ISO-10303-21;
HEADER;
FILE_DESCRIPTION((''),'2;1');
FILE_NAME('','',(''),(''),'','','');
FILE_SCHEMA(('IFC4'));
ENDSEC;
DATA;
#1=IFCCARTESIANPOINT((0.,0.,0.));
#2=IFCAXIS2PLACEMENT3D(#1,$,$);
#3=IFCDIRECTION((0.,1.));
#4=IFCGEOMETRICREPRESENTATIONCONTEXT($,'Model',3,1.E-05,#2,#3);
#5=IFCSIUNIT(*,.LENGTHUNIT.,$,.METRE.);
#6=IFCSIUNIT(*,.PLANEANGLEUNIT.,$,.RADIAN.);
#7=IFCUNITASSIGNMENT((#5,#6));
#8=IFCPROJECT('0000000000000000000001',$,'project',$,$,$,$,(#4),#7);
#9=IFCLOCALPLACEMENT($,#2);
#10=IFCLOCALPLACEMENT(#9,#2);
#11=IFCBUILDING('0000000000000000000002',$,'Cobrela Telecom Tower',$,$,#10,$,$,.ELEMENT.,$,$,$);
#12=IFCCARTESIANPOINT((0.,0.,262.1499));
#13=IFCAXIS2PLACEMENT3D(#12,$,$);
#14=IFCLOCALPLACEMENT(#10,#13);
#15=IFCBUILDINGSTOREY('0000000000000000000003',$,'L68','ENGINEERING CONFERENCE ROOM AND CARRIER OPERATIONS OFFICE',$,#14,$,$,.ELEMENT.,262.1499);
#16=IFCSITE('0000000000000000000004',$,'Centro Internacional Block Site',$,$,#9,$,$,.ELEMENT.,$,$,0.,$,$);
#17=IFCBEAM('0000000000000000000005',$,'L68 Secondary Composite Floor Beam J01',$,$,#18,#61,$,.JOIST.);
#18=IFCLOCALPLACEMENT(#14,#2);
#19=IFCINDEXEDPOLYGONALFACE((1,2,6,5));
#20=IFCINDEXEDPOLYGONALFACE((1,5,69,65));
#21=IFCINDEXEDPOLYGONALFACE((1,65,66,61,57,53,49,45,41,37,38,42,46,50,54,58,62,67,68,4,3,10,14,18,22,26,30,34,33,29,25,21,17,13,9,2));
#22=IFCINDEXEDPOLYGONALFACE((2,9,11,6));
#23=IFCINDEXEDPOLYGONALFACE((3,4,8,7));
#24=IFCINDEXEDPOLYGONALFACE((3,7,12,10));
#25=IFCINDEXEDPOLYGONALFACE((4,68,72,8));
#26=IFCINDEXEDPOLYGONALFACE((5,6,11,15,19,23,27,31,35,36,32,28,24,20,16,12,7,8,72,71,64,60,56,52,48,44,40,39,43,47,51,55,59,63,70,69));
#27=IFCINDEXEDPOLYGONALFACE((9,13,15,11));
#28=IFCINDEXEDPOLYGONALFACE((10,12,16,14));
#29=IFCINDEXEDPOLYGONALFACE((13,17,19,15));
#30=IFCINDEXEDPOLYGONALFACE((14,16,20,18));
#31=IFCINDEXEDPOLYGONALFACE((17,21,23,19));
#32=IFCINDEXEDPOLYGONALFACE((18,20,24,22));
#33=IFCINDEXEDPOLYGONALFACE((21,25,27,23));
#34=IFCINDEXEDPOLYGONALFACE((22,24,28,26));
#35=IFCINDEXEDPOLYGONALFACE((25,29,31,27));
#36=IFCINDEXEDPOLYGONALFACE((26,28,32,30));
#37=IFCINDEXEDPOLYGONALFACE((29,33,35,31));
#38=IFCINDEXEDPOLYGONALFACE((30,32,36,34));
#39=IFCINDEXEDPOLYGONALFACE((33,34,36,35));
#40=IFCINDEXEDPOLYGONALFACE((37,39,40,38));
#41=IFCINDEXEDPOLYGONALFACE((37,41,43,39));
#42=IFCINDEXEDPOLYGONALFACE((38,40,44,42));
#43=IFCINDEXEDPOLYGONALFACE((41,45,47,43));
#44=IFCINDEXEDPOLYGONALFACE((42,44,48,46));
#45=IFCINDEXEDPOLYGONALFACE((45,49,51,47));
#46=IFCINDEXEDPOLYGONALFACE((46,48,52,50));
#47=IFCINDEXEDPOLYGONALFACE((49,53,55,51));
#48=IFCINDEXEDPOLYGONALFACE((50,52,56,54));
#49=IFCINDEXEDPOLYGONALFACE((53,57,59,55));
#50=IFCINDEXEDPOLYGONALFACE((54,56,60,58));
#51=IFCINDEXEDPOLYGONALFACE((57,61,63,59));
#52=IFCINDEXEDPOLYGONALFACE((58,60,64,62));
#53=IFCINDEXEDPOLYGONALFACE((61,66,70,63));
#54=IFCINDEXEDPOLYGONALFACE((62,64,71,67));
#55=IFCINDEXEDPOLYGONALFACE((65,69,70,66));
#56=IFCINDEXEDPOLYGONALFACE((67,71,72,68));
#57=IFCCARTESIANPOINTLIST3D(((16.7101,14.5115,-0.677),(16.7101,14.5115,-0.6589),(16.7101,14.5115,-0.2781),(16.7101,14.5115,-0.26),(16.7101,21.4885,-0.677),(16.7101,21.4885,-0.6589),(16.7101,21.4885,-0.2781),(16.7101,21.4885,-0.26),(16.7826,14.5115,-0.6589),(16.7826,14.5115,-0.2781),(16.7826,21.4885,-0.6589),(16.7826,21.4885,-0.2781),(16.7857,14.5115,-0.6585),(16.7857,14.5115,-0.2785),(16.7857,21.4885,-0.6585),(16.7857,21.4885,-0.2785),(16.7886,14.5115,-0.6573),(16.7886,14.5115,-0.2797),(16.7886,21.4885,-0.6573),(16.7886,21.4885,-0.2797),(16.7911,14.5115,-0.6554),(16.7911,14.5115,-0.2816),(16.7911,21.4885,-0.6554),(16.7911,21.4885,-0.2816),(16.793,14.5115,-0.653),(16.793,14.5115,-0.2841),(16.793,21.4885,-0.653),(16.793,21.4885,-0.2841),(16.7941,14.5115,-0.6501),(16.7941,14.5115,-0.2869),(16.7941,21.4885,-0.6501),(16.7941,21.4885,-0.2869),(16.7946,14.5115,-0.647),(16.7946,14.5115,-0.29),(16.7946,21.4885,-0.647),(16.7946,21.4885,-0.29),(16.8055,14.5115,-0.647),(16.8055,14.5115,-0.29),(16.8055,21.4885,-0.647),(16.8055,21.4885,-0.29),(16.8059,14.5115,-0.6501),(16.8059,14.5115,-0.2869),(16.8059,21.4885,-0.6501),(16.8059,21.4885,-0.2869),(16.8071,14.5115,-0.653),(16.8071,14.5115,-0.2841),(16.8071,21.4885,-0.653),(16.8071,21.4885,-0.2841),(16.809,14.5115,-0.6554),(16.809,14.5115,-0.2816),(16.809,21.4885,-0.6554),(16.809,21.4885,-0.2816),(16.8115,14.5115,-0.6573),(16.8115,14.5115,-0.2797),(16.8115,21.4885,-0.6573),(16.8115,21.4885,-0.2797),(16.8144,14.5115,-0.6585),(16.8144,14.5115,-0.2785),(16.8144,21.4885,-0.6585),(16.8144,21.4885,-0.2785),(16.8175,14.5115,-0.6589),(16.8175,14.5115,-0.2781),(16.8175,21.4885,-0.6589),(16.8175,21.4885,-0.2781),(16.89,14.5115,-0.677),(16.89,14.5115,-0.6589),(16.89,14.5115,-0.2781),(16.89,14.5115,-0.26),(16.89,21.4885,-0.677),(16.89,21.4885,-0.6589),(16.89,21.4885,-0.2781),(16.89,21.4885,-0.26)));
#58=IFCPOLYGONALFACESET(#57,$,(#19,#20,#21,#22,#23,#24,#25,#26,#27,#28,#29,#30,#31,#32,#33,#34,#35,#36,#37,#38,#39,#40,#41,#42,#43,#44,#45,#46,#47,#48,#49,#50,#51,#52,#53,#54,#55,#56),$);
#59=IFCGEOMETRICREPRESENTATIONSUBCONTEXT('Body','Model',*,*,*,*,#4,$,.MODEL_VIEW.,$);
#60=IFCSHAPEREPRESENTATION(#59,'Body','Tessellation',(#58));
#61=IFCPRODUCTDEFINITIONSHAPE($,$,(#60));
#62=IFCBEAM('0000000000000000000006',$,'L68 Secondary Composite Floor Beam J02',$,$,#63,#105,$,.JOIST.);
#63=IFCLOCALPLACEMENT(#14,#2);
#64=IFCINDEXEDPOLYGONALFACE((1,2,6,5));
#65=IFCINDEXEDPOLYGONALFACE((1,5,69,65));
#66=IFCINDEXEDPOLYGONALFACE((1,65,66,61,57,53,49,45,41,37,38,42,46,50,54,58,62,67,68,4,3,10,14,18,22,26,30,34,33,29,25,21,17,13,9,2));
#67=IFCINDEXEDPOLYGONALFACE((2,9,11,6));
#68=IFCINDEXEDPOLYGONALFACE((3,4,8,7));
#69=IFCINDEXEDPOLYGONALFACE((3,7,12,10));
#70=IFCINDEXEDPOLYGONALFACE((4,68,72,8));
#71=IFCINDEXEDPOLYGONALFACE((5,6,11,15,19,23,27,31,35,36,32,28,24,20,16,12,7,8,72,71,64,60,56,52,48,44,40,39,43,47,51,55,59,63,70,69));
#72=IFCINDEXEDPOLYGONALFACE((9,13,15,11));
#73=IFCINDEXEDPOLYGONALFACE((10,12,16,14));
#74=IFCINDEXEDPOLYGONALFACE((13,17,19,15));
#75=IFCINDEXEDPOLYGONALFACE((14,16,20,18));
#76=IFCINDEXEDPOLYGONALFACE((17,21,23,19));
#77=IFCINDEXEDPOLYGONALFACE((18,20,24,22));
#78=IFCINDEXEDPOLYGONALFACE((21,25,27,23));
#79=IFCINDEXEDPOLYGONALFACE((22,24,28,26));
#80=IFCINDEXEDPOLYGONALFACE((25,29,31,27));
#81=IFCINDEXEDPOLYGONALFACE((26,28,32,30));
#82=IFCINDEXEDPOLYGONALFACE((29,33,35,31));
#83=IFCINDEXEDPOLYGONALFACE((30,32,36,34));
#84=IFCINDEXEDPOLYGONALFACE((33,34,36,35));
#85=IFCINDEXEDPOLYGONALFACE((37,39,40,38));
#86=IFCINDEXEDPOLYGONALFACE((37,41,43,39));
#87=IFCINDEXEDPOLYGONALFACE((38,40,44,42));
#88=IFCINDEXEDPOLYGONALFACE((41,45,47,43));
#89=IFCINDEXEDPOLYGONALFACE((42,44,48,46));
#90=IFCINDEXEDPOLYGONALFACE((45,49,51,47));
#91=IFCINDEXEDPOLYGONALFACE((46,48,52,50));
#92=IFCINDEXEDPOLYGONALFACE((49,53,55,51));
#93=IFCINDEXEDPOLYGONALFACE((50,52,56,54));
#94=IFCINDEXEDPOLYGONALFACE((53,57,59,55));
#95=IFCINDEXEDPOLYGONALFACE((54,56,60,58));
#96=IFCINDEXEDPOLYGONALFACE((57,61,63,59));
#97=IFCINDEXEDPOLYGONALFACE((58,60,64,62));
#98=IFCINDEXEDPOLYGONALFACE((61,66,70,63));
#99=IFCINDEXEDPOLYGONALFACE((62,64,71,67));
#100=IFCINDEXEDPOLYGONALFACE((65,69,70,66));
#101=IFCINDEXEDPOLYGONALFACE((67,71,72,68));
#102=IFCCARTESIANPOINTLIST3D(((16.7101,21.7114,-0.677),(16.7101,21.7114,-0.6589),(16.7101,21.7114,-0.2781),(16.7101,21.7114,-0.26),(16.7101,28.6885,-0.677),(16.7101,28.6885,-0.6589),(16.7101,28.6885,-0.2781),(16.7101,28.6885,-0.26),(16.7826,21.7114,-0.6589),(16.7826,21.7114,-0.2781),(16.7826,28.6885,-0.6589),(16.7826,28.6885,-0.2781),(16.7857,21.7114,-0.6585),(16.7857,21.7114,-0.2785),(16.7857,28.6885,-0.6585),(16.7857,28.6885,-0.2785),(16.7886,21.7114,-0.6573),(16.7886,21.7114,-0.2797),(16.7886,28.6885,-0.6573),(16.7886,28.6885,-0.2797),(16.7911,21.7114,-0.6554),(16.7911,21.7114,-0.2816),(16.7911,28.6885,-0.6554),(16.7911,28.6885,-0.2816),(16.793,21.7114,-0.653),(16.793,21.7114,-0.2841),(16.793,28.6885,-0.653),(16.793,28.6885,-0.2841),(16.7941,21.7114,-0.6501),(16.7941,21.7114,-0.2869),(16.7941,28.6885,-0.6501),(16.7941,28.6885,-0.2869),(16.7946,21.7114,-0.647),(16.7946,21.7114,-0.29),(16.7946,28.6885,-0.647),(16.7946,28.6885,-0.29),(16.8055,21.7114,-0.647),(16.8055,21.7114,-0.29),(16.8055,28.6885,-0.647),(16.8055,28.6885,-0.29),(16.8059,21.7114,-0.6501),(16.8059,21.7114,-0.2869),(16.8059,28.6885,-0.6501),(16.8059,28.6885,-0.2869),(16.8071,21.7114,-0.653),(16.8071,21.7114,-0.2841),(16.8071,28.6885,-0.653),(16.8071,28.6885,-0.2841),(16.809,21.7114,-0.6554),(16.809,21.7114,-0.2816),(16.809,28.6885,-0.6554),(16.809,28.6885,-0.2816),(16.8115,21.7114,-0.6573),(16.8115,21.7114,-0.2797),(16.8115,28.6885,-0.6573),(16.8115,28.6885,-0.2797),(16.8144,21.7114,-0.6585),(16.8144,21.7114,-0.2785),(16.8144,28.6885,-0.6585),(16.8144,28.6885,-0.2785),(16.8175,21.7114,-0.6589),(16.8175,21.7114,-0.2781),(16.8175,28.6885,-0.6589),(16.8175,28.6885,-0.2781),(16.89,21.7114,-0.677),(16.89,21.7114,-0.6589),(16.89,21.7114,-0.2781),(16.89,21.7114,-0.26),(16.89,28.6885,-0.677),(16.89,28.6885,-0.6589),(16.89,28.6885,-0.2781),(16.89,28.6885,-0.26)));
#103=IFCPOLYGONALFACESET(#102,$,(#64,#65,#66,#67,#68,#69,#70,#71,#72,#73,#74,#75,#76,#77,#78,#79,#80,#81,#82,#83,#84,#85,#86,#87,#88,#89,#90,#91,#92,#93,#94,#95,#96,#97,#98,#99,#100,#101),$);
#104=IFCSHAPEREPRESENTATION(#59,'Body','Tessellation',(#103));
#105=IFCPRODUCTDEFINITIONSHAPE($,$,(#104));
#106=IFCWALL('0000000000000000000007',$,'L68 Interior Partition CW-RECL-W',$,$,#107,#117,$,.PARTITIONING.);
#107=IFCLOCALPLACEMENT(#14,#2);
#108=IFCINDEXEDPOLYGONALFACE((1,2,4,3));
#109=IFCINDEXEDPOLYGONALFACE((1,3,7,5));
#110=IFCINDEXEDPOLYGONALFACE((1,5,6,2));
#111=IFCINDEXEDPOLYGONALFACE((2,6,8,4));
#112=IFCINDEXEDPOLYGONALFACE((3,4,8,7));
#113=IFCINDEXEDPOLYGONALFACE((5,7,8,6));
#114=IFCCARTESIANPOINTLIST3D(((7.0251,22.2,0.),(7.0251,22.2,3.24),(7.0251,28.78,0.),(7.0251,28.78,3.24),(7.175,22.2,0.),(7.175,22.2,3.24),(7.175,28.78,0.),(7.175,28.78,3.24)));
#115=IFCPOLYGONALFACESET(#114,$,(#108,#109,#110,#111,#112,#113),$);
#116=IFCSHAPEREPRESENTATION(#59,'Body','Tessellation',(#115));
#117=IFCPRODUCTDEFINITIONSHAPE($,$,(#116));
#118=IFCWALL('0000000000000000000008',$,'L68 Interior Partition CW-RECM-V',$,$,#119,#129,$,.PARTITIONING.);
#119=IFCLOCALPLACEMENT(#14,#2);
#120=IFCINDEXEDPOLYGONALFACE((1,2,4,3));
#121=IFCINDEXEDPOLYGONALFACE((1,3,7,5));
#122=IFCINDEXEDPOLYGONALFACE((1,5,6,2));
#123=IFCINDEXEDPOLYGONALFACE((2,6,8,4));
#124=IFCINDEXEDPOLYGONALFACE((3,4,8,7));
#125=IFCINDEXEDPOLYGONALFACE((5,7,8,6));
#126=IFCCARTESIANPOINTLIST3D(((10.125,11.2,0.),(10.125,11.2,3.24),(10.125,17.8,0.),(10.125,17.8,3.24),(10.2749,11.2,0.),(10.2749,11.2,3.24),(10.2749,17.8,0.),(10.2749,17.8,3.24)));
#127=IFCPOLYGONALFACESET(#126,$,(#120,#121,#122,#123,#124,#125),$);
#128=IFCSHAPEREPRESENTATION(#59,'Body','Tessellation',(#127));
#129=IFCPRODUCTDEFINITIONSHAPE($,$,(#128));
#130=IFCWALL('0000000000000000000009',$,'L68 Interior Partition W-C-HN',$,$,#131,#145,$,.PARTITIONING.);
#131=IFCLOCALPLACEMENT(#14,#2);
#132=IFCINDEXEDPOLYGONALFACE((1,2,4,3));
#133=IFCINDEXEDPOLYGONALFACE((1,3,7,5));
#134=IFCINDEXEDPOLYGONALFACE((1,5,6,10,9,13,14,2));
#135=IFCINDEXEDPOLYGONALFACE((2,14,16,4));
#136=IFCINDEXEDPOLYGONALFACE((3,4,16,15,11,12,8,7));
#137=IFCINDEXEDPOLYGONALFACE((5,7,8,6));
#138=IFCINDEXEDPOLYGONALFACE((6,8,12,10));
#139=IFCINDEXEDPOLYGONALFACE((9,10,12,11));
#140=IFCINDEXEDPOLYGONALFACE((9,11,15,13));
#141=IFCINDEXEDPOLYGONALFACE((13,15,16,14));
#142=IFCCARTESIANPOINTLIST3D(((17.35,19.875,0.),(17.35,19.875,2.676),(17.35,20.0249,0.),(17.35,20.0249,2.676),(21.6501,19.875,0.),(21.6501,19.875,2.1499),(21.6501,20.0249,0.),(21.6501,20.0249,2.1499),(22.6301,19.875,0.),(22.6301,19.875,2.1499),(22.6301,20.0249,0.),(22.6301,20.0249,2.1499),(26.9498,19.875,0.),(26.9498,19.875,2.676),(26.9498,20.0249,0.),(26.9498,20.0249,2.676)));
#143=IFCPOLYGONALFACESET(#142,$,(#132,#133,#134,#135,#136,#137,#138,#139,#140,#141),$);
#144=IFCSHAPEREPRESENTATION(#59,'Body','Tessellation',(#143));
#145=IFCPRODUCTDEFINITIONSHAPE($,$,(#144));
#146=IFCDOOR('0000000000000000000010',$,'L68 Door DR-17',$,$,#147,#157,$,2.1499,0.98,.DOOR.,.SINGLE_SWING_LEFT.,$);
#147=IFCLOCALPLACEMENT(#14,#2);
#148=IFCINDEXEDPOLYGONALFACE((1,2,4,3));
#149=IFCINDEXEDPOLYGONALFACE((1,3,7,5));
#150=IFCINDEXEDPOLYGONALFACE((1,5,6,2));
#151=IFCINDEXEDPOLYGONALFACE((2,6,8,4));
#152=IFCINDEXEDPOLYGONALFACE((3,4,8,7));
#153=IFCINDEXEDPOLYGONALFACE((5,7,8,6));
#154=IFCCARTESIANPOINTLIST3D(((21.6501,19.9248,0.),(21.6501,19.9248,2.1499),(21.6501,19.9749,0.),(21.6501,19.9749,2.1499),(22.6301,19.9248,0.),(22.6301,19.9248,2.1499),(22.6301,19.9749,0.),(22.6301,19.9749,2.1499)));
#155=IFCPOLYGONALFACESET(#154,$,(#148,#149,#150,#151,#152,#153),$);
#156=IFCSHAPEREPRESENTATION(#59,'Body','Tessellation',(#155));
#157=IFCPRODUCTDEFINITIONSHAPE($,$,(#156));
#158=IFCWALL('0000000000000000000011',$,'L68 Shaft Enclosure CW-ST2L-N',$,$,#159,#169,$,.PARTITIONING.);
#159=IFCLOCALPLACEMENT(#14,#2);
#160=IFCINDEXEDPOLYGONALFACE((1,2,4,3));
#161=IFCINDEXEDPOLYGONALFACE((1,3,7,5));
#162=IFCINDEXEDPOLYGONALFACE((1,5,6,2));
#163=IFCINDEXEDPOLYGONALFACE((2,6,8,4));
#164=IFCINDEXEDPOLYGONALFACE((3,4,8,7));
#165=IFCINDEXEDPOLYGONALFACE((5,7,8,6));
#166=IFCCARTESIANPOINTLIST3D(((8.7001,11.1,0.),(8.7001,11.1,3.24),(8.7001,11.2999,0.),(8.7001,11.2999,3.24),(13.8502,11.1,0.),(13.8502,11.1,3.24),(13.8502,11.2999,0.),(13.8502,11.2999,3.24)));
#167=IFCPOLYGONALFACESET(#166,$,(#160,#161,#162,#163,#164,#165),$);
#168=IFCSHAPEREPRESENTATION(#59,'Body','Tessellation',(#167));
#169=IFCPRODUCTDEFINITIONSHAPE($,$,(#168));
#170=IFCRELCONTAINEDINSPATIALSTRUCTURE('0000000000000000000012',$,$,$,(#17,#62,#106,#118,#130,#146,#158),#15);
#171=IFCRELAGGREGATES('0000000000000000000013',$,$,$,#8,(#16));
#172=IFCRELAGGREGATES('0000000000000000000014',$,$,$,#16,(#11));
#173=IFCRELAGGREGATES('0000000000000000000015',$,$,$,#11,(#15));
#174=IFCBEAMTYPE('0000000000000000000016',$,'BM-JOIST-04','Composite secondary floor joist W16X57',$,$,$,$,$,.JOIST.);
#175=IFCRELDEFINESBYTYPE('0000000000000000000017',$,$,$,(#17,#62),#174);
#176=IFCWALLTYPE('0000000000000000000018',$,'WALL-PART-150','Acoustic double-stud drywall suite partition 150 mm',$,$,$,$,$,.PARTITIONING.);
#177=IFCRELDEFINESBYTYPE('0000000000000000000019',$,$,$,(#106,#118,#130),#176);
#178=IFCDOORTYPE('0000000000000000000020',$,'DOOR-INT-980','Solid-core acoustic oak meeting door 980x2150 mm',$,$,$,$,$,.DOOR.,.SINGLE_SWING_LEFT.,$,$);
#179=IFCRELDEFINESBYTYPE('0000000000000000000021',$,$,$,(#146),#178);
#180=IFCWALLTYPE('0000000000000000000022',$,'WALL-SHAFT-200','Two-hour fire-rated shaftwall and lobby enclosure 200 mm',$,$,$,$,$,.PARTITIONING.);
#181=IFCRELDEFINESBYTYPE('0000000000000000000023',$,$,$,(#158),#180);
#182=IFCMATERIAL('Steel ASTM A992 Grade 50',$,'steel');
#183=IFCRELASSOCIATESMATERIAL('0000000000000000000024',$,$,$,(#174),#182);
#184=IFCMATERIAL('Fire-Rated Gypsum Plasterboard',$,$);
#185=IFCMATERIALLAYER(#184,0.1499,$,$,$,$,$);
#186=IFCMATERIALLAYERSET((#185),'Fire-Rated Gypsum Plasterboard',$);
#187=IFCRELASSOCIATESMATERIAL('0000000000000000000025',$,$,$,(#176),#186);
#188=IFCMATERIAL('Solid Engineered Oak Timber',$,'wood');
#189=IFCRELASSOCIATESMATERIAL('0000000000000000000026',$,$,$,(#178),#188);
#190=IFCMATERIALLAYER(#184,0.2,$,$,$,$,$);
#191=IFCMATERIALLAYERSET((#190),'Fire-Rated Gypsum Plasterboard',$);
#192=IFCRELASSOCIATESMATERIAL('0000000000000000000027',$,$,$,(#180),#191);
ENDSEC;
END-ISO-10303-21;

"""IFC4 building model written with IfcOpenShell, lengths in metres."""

from ifc_helpers import new_model, si_unit, direction, frame, frame_2d, origin, origin_2d, place, context, subcontext, project, spatial, rectangle, i_section, extrude, material, layer, layer_set, material_profile, profile_set, type_object, element, fill, save


model = new_model("IFC4")

# Units and contexts
model_context = context("Model", 3, precision=1e-05, world=origin(), true_north=direction((0.0, 1.0)))
body_context = subcontext(model_context, "Body", "Model", "MODEL_VIEW")
ifc_project = project(units=[si_unit("LENGTHUNIT", "METRE"), si_unit("PLANEANGLEUNIT", "RADIAN")], contexts=[model_context])

# Site, building, storey
site_placement = place(None, origin())
site = spatial("IfcSite", under=ifc_project, at=site_placement, Name="Centro Internacional Block Site", CompositionType="ELEMENT", RefElevation=0.0)
building_placement = place(site_placement, origin())
building = spatial("IfcBuilding", under=site, at=building_placement, Name="Cobrela Telecom Tower", CompositionType="ELEMENT")
storey_placement = place(building_placement, frame((0.0, 0.0, 262.1499)))
storey = spatial("IfcBuildingStorey", under=building, at=storey_placement, Name="L68", Description="ENGINEERING CONFERENCE ROOM AND CARRIER OPERATIONS OFFICE", CompositionType="ELEMENT", Elevation=262.1499)

# Beams
ifc_material_1 = material(Name="Steel ASTM A992 Grade 50", Category="steel")
ifc_material_profile_1 = material_profile(ifc_material_1, i_section(OverallWidth=0.1799, OverallDepth=0.417, WebThickness=0.011, FlangeThickness=0.0181, FilletRadius=0.012, at=origin_2d()), Name="W16X57")
ifc_profile_set_1 = profile_set([ifc_material_profile_1], Name="Steel ASTM A992 Grade 50")
beam_type_1 = type_object("IfcBeamType", Name="BM-JOIST-04", Description="Composite secondary floor joist W16X57", PredefinedType="JOIST", material=ifc_profile_set_1)
for number, where, z_axis, x_axis, name in (
    (1, (16.8, 14.5115, -0.4685), (0.0, 1.0, 0.0), (-1.0, 0.0, 0.0), "L68 Secondary Composite Floor Beam J01"),
    (2, (16.8, 21.7114, -0.4685), (0.0, 1.0, 0.0), (-1.0, 0.0, 0.0), "L68 Secondary Composite Floor Beam J02"),
):
    element("IfcBeam", number, at=place(storey_placement, frame(where, z_axis=z_axis, x_axis=x_axis)), inside=storey, type_object=beam_type_1, Name=name, PredefinedType="JOIST", context=body_context, shape_type="SweptSolid", body=[
        extrude(i_section(OverallWidth=0.1799, OverallDepth=0.417, WebThickness=0.011, FlangeThickness=0.0181, FilletRadius=0.012, at=origin_2d()), origin(), (0.0, 0.0, 1.0), 6.9771),
    ])

# Shared definitions
ifc_material_2 = material(Name="Fire-Rated Gypsum Plasterboard")
ifc_material_3 = material(Name="Solid Engineered Oak Timber", Category="wood")

# Walls
ifc_layer_1 = layer(ifc_material_2, 0.1499)
ifc_layer_set_1 = layer_set([ifc_layer_1], Name="Fire-Rated Gypsum Plasterboard")
wall_type_1 = type_object("IfcWallType", Name="WALL-PART-150", Description="Acoustic double-stud drywall suite partition 150 mm", PredefinedType="PARTITIONING", material=ifc_layer_set_1)
wall_1_placement = place(storey_placement, frame((7.1001, 22.2, 0.0), z_axis=(0.0, 0.0, 1.0), x_axis=(0.0, 1.0, 0.0)))
element("IfcWall", 3, at=wall_1_placement, inside=storey, type_object=wall_type_1, Name="L68 Interior Partition CW-RECL-W", PredefinedType="PARTITIONING", context=body_context, shape_type="SweptSolid", body=[
    extrude(rectangle(XDim=6.5801, YDim=0.1499, at=frame_2d((3.29, 0.0))), origin(), (0.0, 0.0, 1.0), 3.24),
])
wall_2_placement = place(storey_placement, frame((10.2, 11.2, 0.0), z_axis=(0.0, 0.0, 1.0), x_axis=(0.0, 1.0, 0.0)))
element("IfcWall", 4, at=wall_2_placement, inside=storey, type_object=wall_type_1, Name="L68 Interior Partition CW-RECM-V", PredefinedType="PARTITIONING", context=body_context, shape_type="SweptSolid", body=[
    extrude(rectangle(XDim=6.6001, YDim=0.1499, at=frame_2d((3.3, 0.0))), origin(), (0.0, 0.0, 1.0), 3.24),
])

# Wall, opening, door
wall_3_placement = place(storey_placement, frame((17.3501, 19.95, 0.0), z_axis=(0.0, 0.0, 1.0), x_axis=(1.0, 0.0, 0.0)))
wall_3 = element("IfcWall", 5, at=wall_3_placement, inside=storey, type_object=wall_type_1, Name="L68 Interior Partition W-C-HN", PredefinedType="PARTITIONING", context=body_context, shape_type="SweptSolid", body=[
    extrude(rectangle(XDim=9.5999, YDim=0.1499, at=frame_2d((4.7998, 0.0))), origin(), (0.0, 0.0, 1.0), 2.676),
])
opening_1_placement = place(wall_3_placement, frame((4.3, 0.0, 0.0)))
opening_1 = element("IfcOpeningElement", 6, at=opening_1_placement, cuts=wall_3, PredefinedType="OPENING", context=body_context, shape_type="SweptSolid", body=[
    extrude(rectangle(XDim=0.98, YDim=2.1499, at=frame_2d((0.49, 1.075))), frame((0.0, 0.0869, 0.0), z_axis=(0.0, -1.0, 0.0), x_axis=(1.0, 0.0, 0.0)), (0.0, 0.0, 1.0), 0.1738),
])
door_type_1 = type_object("IfcDoorType", Name="DOOR-INT-980", Description="Solid-core acoustic oak meeting door 980x2150 mm", OperationType="SINGLE_SWING_LEFT", PredefinedType="DOOR", material=ifc_material_3)
door_1_placement = place(opening_1_placement, origin())
door_1 = element("IfcDoor", 7, at=door_1_placement, inside=storey, type_object=door_type_1, Name="L68 Door DR-17", OperationType="SINGLE_SWING_LEFT", OverallHeight=2.1499, OverallWidth=0.98, PredefinedType="DOOR", context=body_context, shape_type="SweptSolid", body=[
    extrude(rectangle(XDim=0.98, YDim=2.1499, at=frame_2d((0.49, 1.075))), frame((0.0, 0.0249, 0.0), z_axis=(0.0, -1.0, 0.0), x_axis=(1.0, 0.0, 0.0)), (0.0, 0.0, 1.0), 0.05),
])
fill(opening_1, door_1)

# Wall
ifc_layer_2 = layer(ifc_material_2, 0.2)
ifc_layer_set_2 = layer_set([ifc_layer_2], Name="Fire-Rated Gypsum Plasterboard")
wall_type_2 = type_object("IfcWallType", Name="WALL-SHAFT-200", Description="Two-hour fire-rated shaftwall and lobby enclosure 200 mm", PredefinedType="PARTITIONING", material=ifc_layer_set_2)
wall_4_placement = place(storey_placement, frame((8.7, 11.2, 0.0), z_axis=(0.0, 0.0, 1.0), x_axis=(1.0, 0.0, 0.0)))
element("IfcWall", 8, at=wall_4_placement, inside=storey, type_object=wall_type_2, Name="L68 Shaft Enclosure CW-ST2L-N", PredefinedType="PARTITIONING", context=body_context, shape_type="SweptSolid", body=[
    extrude(rectangle(XDim=5.1501, YDim=0.2, at=frame_2d((2.5752, 0.0))), origin(), (0.0, 0.0, 1.0), 3.24),
])

save(model, "model.ifc")
